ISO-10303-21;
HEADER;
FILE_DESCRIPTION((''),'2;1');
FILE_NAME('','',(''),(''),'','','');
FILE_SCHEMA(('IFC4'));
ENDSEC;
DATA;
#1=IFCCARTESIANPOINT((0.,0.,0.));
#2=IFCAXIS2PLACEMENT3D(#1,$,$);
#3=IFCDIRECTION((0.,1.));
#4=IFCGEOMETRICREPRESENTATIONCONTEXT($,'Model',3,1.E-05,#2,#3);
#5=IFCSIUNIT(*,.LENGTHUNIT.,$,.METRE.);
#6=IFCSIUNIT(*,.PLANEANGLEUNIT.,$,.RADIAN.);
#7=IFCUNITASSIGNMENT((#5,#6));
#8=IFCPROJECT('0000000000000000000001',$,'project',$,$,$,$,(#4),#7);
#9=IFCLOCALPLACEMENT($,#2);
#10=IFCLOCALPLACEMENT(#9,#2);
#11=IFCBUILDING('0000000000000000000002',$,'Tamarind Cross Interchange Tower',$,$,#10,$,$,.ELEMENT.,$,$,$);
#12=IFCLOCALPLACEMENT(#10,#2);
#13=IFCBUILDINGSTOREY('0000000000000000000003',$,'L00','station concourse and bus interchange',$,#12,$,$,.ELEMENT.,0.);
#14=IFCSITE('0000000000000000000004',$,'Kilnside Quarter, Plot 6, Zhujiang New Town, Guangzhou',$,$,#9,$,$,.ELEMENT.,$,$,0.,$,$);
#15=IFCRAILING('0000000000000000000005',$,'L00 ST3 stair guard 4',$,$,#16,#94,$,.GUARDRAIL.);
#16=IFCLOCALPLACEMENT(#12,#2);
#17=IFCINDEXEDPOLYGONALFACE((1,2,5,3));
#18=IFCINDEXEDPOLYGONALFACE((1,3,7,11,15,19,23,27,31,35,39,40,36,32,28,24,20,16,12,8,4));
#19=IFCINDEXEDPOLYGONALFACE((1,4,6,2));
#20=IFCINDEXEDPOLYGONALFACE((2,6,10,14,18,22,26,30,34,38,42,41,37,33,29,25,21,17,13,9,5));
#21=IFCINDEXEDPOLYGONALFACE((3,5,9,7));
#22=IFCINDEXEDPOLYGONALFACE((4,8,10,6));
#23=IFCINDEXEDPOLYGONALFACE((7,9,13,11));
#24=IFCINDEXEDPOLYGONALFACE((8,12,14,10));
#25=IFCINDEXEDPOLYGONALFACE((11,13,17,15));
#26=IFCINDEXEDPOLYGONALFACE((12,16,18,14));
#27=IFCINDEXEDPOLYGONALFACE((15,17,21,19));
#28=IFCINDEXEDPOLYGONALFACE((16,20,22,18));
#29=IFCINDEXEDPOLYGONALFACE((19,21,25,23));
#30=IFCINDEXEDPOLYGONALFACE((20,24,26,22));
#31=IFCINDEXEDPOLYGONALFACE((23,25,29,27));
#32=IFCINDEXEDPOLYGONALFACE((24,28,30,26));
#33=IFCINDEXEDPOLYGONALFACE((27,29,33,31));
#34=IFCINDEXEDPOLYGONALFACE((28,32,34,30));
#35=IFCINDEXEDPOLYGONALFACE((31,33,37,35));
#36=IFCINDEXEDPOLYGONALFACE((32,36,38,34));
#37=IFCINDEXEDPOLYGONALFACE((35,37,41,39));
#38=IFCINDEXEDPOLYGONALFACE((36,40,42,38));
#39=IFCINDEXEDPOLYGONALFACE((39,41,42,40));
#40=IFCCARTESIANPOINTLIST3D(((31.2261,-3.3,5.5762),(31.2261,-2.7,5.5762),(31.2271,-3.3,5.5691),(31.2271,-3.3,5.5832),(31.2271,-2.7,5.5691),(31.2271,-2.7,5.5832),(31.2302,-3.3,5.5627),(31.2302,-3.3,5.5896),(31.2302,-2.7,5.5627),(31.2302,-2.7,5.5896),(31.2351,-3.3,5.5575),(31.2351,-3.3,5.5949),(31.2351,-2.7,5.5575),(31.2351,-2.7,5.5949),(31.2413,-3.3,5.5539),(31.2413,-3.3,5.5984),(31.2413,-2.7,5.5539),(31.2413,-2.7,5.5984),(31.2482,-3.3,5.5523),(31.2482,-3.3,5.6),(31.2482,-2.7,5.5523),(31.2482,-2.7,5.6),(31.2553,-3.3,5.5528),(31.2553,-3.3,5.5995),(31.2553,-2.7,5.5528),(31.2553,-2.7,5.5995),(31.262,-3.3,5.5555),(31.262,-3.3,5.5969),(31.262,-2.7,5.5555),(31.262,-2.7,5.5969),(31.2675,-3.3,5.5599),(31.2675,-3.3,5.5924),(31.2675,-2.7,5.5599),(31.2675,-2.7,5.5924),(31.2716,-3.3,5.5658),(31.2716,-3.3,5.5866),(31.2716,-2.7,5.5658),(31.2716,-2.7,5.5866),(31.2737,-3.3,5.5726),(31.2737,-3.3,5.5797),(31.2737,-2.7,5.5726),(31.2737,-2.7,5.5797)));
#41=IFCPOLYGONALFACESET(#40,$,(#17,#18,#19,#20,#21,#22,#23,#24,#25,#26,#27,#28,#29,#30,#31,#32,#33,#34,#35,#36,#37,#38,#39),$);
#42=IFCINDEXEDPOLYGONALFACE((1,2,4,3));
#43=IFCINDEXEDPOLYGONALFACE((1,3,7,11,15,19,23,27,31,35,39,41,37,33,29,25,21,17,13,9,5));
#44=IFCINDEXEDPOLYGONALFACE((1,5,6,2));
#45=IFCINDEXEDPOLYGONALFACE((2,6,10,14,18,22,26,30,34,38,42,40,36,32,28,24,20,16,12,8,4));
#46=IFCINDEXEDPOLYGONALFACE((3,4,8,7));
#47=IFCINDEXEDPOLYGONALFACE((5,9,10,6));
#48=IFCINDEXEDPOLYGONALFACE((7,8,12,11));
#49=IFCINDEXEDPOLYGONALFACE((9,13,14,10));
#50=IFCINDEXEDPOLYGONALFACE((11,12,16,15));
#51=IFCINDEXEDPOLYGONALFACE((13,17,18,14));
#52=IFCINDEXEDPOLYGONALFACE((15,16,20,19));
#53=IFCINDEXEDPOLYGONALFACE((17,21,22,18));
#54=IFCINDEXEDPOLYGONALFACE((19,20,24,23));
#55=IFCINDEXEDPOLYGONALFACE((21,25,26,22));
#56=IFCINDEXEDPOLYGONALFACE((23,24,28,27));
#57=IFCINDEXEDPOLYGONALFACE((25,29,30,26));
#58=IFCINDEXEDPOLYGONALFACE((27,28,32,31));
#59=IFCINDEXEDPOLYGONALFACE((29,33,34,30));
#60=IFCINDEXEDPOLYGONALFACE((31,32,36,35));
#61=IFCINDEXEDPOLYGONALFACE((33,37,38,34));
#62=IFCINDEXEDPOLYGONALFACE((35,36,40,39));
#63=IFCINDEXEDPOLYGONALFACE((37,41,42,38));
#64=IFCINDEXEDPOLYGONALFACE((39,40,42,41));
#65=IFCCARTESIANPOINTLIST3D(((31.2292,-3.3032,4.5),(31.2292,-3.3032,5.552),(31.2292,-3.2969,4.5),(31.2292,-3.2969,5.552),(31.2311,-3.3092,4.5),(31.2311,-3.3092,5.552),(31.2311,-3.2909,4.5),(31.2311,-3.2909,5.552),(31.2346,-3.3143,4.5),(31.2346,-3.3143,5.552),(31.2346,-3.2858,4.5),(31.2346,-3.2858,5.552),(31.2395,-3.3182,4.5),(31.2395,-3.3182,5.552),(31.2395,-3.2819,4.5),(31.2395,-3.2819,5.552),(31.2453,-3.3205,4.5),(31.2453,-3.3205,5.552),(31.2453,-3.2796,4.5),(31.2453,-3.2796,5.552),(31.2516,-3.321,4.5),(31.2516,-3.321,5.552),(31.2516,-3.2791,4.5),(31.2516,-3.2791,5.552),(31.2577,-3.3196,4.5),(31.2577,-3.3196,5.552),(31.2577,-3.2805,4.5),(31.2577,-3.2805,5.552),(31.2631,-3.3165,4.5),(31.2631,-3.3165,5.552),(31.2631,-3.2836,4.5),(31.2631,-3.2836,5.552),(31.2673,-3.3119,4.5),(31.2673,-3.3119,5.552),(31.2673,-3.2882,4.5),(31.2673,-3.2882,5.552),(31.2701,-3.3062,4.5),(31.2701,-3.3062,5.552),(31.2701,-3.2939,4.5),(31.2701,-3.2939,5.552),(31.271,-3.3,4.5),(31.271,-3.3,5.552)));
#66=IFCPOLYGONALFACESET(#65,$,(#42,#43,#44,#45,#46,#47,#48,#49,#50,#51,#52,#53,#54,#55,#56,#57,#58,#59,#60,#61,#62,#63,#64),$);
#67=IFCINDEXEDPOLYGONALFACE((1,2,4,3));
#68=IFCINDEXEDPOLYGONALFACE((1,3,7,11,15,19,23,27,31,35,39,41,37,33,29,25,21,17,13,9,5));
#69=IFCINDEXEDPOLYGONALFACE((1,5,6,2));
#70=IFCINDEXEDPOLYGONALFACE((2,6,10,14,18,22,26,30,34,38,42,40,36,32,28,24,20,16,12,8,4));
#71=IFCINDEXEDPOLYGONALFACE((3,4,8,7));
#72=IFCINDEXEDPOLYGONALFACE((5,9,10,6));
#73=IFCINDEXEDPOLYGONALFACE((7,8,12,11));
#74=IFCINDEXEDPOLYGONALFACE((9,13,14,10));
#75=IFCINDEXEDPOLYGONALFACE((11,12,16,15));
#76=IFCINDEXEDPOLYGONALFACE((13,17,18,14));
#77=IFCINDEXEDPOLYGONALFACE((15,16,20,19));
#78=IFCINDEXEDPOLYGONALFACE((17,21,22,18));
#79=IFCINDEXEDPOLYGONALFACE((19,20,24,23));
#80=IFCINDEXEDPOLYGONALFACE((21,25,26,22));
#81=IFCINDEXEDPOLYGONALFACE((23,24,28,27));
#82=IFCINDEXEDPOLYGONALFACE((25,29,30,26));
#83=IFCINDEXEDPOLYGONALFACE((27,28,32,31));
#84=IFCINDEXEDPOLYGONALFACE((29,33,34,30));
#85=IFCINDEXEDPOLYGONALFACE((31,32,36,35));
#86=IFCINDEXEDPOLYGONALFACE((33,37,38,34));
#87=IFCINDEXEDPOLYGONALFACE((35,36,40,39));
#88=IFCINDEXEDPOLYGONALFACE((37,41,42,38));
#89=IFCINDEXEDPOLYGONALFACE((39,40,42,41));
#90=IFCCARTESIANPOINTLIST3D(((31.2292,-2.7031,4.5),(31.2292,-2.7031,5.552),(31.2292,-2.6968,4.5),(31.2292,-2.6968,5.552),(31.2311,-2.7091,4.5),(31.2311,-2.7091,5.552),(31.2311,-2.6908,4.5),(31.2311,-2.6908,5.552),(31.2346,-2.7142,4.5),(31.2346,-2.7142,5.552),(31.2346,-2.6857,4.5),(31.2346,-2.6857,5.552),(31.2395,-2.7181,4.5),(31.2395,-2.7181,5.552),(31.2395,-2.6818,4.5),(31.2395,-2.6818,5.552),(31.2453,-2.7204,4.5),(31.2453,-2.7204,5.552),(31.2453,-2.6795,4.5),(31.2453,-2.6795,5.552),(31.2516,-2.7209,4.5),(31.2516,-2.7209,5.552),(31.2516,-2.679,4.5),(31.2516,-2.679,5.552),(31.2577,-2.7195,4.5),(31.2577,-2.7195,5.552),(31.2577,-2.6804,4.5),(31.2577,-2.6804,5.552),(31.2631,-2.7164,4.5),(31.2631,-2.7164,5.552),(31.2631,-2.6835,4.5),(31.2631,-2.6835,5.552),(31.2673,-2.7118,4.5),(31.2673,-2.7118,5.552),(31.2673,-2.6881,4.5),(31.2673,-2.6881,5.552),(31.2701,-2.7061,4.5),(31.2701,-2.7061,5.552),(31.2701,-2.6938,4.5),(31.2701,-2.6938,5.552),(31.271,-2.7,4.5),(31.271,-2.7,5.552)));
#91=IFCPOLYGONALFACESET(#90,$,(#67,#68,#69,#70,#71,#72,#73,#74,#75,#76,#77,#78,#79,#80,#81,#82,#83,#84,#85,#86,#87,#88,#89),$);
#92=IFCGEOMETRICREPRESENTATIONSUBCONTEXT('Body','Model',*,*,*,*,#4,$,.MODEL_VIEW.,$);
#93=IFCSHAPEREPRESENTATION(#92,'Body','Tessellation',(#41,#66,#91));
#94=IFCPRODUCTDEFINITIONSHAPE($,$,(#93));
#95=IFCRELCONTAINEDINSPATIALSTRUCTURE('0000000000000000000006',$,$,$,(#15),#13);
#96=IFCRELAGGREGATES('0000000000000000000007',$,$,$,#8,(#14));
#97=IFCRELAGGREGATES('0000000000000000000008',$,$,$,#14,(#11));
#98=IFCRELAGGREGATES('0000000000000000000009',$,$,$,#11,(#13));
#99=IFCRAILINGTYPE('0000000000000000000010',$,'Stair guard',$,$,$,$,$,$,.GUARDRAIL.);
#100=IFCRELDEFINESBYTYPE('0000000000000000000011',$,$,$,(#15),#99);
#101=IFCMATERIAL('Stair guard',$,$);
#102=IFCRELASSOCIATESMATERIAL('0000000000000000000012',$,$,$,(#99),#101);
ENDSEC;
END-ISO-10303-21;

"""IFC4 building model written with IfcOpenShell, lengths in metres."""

from ifc_helpers import new_model, si_unit, direction, frame, origin, origin_2d, place, context, subcontext, project, spatial, circle, extrude, material, type_object, element, save


model = new_model("IFC4")

# Units and contexts
model_context = context("Model", 3, precision=1e-05, world=origin(), true_north=direction((0.0, 1.0)))
body_context = subcontext(model_context, "Body", "Model", "MODEL_VIEW")
ifc_project = project(units=[si_unit("LENGTHUNIT", "METRE"), si_unit("PLANEANGLEUNIT", "RADIAN")], contexts=[model_context])

# Site, building, storey
site_placement = place(None, origin())
site = spatial("IfcSite", under=ifc_project, at=site_placement, Name="Kilnside Quarter, Plot 6, Zhujiang New Town, Guangzhou", CompositionType="ELEMENT", RefElevation=0.0)
building_placement = place(site_placement, origin())
building = spatial("IfcBuilding", under=site, at=building_placement, Name="Tamarind Cross Interchange Tower", CompositionType="ELEMENT")
storey_placement = place(building_placement, origin())
storey = spatial("IfcBuildingStorey", under=building, at=storey_placement, Name="L00", Description="station concourse and bus interchange", CompositionType="ELEMENT", Elevation=0.0)

# Railing
ifc_material_1 = material(Name="Stair guard")
railing_type_1 = type_object("IfcRailingType", Name="Stair guard", PredefinedType="GUARDRAIL", material=ifc_material_1)
railing_1_placement = place(storey_placement, frame((31.25, -3.3, 4.5)))
element("IfcRailing", 1, at=railing_1_placement, inside=storey, type_object=railing_type_1, Name="L00 ST3 stair guard 4", PredefinedType="GUARDRAIL", context=body_context, shape_type="SweptSolid", body=[
    extrude(circle(Radius=0.0239, at=origin_2d()), frame((0.0, 0.0, 1.0762), z_axis=(0.0, 1.0, 0.0), x_axis=(-1.0, 0.0, 0.0)), (0.0, 0.0, 1.0), 0.6001),
    extrude(circle(Radius=0.021, at=origin_2d()), origin(), (0.0, 0.0, 1.0), 1.052),
    extrude(circle(Radius=0.021, at=origin_2d()), frame((0.0, 0.6001, 0.0)), (0.0, 0.0, 1.0), 1.052),
])

save(model, "model.ifc")
